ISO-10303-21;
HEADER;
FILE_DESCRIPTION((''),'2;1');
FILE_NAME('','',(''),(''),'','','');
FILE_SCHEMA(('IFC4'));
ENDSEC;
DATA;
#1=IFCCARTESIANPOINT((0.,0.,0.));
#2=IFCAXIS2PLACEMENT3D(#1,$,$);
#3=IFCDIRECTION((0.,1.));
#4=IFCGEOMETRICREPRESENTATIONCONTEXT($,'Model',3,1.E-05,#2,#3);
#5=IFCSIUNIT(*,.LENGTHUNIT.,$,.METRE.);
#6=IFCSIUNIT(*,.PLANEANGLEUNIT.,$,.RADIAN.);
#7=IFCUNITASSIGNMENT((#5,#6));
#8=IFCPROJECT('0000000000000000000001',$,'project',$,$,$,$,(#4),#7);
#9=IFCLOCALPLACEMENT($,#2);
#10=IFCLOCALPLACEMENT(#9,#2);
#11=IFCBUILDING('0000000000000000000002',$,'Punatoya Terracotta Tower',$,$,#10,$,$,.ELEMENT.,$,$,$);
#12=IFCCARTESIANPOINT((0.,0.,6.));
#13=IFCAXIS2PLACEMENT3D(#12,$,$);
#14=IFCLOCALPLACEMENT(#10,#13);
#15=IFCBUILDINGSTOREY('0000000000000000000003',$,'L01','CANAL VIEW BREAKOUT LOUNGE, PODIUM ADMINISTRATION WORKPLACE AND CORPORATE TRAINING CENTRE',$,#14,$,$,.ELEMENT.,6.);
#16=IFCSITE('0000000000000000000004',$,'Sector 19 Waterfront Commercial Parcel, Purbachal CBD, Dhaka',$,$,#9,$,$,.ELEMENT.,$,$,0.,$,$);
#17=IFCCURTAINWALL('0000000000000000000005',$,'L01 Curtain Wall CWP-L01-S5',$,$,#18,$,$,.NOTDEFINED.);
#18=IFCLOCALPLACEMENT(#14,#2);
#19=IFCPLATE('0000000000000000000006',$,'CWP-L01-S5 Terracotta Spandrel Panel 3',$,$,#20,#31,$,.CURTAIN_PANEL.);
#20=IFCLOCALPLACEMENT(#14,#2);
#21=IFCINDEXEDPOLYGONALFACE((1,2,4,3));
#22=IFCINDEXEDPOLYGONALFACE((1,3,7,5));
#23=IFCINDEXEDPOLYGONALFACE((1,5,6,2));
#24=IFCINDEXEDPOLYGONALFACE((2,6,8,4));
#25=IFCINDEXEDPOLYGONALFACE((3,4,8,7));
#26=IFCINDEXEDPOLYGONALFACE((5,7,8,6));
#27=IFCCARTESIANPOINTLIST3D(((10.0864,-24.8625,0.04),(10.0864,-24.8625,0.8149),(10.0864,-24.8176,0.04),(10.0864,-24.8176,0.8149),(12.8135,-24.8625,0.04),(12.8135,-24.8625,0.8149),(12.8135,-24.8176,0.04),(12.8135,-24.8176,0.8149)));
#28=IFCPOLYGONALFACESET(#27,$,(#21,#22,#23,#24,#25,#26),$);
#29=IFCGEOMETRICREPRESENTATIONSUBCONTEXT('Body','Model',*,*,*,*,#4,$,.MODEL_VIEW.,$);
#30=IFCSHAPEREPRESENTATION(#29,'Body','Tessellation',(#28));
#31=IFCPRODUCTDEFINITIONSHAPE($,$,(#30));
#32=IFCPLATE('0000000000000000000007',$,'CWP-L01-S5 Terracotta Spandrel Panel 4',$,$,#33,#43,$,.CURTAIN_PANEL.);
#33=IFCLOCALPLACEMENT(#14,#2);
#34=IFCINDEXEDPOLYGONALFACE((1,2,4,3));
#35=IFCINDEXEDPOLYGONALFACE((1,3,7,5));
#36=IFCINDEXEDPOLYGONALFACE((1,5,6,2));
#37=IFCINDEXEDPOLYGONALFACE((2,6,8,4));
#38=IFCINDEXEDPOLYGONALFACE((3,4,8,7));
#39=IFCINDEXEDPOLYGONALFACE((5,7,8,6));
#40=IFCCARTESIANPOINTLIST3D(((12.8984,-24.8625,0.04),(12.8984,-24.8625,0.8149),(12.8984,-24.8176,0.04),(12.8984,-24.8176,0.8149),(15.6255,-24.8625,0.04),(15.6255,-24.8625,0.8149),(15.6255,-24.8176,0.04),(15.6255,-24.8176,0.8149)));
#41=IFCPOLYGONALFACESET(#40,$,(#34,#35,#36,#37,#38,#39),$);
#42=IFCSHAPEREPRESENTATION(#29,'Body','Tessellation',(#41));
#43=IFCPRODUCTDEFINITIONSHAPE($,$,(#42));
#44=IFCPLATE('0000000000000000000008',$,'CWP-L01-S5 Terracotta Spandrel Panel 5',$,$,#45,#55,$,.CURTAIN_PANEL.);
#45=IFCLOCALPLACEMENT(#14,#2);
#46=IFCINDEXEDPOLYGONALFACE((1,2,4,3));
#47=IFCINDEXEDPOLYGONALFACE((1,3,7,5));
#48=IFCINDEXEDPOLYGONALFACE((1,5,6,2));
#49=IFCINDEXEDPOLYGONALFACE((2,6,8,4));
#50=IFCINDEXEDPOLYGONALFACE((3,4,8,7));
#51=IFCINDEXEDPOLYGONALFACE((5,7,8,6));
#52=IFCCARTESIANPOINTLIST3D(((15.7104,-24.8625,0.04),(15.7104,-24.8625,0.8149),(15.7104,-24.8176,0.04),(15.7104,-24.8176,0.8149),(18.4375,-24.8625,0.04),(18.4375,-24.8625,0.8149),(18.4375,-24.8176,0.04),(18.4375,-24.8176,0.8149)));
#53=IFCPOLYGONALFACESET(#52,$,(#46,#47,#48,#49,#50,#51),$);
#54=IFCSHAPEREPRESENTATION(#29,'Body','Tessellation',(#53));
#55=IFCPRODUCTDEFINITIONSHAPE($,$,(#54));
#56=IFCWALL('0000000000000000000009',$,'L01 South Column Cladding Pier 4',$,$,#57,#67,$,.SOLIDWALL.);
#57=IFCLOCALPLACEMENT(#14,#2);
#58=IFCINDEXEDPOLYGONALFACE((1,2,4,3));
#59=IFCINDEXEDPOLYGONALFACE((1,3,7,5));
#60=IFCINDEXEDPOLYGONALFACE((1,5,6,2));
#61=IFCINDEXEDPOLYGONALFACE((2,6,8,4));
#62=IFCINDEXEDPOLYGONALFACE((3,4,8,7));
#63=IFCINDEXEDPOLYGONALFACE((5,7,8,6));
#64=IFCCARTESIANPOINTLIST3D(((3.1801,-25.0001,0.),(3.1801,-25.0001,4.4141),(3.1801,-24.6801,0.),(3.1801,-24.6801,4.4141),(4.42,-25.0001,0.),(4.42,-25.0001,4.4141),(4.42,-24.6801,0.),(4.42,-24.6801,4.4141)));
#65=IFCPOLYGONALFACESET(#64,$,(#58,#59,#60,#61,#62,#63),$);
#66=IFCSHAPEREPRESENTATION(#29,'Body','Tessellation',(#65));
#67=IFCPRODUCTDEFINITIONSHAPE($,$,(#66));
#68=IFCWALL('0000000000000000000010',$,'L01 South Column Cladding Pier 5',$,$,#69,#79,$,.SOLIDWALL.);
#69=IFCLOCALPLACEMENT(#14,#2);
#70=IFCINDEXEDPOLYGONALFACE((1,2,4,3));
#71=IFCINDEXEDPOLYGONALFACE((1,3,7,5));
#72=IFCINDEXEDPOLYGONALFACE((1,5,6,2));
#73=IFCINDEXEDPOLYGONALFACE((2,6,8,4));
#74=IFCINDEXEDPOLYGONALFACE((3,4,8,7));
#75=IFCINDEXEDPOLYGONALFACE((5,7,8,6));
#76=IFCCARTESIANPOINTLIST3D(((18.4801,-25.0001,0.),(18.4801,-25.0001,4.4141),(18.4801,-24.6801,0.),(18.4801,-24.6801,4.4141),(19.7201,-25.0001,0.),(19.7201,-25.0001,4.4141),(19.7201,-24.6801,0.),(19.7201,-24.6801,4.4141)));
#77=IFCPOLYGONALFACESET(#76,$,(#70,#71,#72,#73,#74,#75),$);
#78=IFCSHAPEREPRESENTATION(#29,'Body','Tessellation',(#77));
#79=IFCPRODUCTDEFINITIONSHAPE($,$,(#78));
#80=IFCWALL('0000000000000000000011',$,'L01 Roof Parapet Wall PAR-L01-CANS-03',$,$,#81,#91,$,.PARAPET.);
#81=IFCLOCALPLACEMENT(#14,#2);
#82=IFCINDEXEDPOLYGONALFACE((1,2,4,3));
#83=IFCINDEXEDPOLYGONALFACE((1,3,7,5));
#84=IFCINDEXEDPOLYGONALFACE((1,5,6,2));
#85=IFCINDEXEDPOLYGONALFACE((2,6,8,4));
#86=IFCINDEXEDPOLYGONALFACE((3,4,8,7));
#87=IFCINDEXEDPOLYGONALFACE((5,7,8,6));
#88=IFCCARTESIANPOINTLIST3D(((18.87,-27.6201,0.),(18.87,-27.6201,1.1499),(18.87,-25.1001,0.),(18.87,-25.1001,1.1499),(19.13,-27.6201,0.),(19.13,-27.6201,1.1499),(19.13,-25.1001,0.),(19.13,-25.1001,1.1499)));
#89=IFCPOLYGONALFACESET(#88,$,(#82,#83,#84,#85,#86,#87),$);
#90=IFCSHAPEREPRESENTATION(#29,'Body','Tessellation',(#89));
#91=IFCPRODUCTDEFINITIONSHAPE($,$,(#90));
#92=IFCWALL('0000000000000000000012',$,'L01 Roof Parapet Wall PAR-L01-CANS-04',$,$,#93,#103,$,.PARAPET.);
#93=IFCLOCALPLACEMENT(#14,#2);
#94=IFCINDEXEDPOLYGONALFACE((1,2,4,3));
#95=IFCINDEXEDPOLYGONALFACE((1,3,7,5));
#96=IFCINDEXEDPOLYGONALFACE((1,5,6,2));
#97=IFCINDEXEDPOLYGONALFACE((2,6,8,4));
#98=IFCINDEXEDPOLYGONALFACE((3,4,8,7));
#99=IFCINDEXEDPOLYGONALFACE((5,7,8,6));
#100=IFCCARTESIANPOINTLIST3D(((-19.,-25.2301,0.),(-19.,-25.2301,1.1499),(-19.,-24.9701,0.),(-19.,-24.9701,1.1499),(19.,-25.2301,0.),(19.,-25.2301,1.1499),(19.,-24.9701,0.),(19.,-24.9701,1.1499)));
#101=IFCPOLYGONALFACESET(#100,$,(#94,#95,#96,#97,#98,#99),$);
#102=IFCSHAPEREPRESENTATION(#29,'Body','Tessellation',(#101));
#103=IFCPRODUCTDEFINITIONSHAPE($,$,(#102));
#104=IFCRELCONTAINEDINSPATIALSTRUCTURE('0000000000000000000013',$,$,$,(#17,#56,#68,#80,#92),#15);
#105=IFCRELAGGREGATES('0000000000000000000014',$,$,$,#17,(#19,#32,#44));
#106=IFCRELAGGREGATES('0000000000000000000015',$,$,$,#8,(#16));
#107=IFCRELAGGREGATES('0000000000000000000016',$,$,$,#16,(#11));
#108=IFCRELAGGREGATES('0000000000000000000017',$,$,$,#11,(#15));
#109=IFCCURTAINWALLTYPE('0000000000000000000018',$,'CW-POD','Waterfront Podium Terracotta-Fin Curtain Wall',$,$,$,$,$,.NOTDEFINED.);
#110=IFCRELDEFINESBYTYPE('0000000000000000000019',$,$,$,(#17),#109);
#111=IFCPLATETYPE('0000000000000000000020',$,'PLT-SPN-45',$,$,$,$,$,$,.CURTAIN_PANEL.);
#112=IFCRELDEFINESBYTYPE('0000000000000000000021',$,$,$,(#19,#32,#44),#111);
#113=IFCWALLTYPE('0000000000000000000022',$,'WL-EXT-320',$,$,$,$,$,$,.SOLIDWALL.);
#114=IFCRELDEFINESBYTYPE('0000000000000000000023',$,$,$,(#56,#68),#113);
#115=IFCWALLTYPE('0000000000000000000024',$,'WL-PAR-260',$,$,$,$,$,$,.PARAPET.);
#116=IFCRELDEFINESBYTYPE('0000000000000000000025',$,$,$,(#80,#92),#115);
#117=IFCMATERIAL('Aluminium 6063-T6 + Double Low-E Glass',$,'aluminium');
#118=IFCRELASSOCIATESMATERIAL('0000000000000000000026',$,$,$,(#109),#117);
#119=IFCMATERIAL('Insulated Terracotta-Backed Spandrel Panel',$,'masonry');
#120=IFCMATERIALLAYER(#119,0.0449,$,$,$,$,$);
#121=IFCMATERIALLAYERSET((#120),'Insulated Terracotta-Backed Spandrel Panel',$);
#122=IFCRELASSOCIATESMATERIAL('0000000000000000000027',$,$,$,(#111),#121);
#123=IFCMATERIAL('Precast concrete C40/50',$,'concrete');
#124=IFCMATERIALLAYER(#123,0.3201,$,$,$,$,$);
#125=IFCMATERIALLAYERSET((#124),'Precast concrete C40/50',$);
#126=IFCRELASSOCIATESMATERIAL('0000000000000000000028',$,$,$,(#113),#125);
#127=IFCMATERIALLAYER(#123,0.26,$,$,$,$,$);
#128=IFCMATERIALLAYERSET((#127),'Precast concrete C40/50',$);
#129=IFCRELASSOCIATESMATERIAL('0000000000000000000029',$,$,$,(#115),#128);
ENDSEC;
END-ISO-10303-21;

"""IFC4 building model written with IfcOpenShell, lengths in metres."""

from ifc_helpers import new_model, si_unit, direction, frame, frame_2d, origin, origin_2d, place, context, subcontext, project, spatial, rectangle, extrude, material, layer, layer_set, type_object, element, aggregate, save


model = new_model("IFC4")

# Units and contexts
model_context = context("Model", 3, precision=1e-05, world=origin(), true_north=direction((0.0, 1.0)))
body_context = subcontext(model_context, "Body", "Model", "MODEL_VIEW")
ifc_project = project(units=[si_unit("LENGTHUNIT", "METRE"), si_unit("PLANEANGLEUNIT", "RADIAN")], contexts=[model_context])

# Site, building, storey
site_placement = place(None, origin())
site = spatial("IfcSite", under=ifc_project, at=site_placement, Name="Sector 19 Waterfront Commercial Parcel, Purbachal CBD, Dhaka", CompositionType="ELEMENT", RefElevation=0.0)
building_placement = place(site_placement, origin())
building = spatial("IfcBuilding", under=site, at=building_placement, Name="Punatoya Terracotta Tower", CompositionType="ELEMENT")
storey_placement = place(building_placement, frame((0.0, 0.0, 6.0)))
storey = spatial("IfcBuildingStorey", under=building, at=storey_placement, Name="L01", Description="CANAL VIEW BREAKOUT LOUNGE, PODIUM ADMINISTRATION WORKPLACE AND CORPORATE TRAINING CENTRE", CompositionType="ELEMENT", Elevation=6.0)

# Curtain wall
ifc_material_1 = material(Name="Aluminium 6063-T6 + Double Low-E Glass", Category="aluminium")
curtain_wall_type = type_object("IfcCurtainWallType", Name="CW-POD", Description="Waterfront Podium Terracotta-Fin Curtain Wall", PredefinedType="NOTDEFINED", material=ifc_material_1)
curtain_wall_1_placement = place(storey_placement, origin())
curtain_wall_1 = element("IfcCurtainWall", 1, at=curtain_wall_1_placement, inside=storey, type_object=curtain_wall_type, Name="L01 Curtain Wall CWP-L01-S5", PredefinedType="NOTDEFINED")

# Plates
ifc_material_2 = material(Name="Insulated Terracotta-Backed Spandrel Panel", Category="masonry")
ifc_layer_1 = layer(ifc_material_2, 0.0449)
ifc_layer_set_1 = layer_set([ifc_layer_1], Name="Insulated Terracotta-Backed Spandrel Panel")
plate_type_1 = type_object("IfcPlateType", Name="PLT-SPN-45", PredefinedType="CURTAIN_PANEL", material=ifc_layer_set_1)
plate_1_placement = place(storey_placement, frame((11.45, -24.8401, 0.04), z_axis=(0.0, 0.0, 1.0), x_axis=(1.0, 0.0, 0.0)))
plate_1 = element("IfcPlate", 2, at=plate_1_placement, type_object=plate_type_1, Name="CWP-L01-S5 Terracotta Spandrel Panel 3", PredefinedType="CURTAIN_PANEL", context=body_context, shape_type="SweptSolid", body=[
    extrude(rectangle(XDim=2.7271, YDim=0.0449, at=origin_2d()), origin(), (0.0, 0.0, 1.0), 0.7749),
])
plate_2_placement = place(storey_placement, frame((14.262, -24.8401, 0.04), z_axis=(0.0, 0.0, 1.0), x_axis=(1.0, 0.0, 0.0)))
plate_2 = element("IfcPlate", 3, at=plate_2_placement, type_object=plate_type_1, Name="CWP-L01-S5 Terracotta Spandrel Panel 4", PredefinedType="CURTAIN_PANEL", context=body_context, shape_type="SweptSolid", body=[
    extrude(rectangle(XDim=2.7271, YDim=0.0449, at=origin_2d()), origin(), (0.0, 0.0, 1.0), 0.7749),
])
plate_3_placement = place(storey_placement, frame((17.074, -24.8401, 0.04), z_axis=(0.0, 0.0, 1.0), x_axis=(1.0, 0.0, 0.0)))
plate_3 = element("IfcPlate", 4, at=plate_3_placement, type_object=plate_type_1, Name="CWP-L01-S5 Terracotta Spandrel Panel 5", PredefinedType="CURTAIN_PANEL", context=body_context, shape_type="SweptSolid", body=[
    extrude(rectangle(XDim=2.7271, YDim=0.0449, at=origin_2d()), origin(), (0.0, 0.0, 1.0), 0.7749),
])
aggregate(curtain_wall_1, [plate_1, plate_2, plate_3])

# Walls
ifc_material_3 = material(Name="Precast concrete C40/50", Category="concrete")
ifc_layer_2 = layer(ifc_material_3, 0.3201)
ifc_layer_set_2 = layer_set([ifc_layer_2], Name="Precast concrete C40/50")
wall_type_1 = type_object("IfcWallType", Name="WL-EXT-320", PredefinedType="SOLIDWALL", material=ifc_layer_set_2)
for number, where, z_axis, x_axis, name in (
    (5, (3.1799, -24.8401, 0.0), (0.0, 0.0, 1.0), (1.0, 0.0, 0.0), "L01 South Column Cladding Pier 4"),
    (6, (18.48, -24.8401, 0.0), (0.0, 0.0, 1.0), (1.0, 0.0, 0.0), "L01 South Column Cladding Pier 5"),
):
    element("IfcWall", number, at=place(storey_placement, frame(where, z_axis=z_axis, x_axis=x_axis)), inside=storey, type_object=wall_type_1, Name=name, PredefinedType="SOLIDWALL", context=body_context, shape_type="SweptSolid", body=[
        extrude(rectangle(XDim=1.24, YDim=0.3201, at=frame_2d((0.6201, 0.0))), origin(), (0.0, 0.0, 1.0), 4.4141),
    ])
ifc_layer_3 = layer(ifc_material_3, 0.26)
ifc_layer_set_3 = layer_set([ifc_layer_3], Name="Precast concrete C40/50")
wall_type_2 = type_object("IfcWallType", Name="WL-PAR-260", PredefinedType="PARAPET", material=ifc_layer_set_3)
wall_1_placement = place(storey_placement, frame((19.0, -27.6201, 0.0), z_axis=(0.0, 0.0, 1.0), x_axis=(0.0, 1.0, 0.0)))
element("IfcWall", 7, at=wall_1_placement, inside=storey, type_object=wall_type_2, Name="L01 Roof Parapet Wall PAR-L01-CANS-03", PredefinedType="PARAPET", context=body_context, shape_type="SweptSolid", body=[
    extrude(rectangle(XDim=2.52, YDim=0.26, at=frame_2d((1.26, 0.0))), origin(), (0.0, 0.0, 1.0), 1.1499),
])
wall_2_placement = place(storey_placement, frame((19.0, -25.1001, 0.0), z_axis=(0.0, 0.0, 1.0), x_axis=(-1.0, 0.0, 0.0)))
element("IfcWall", 8, at=wall_2_placement, inside=storey, type_object=wall_type_2, Name="L01 Roof Parapet Wall PAR-L01-CANS-04", PredefinedType="PARAPET", context=body_context, shape_type="SweptSolid", body=[
    extrude(rectangle(XDim=38.0, YDim=0.26, at=frame_2d((19.0, 0.0))), origin(), (0.0, 0.0, 1.0), 1.1499),
])

save(model, "model.ifc")
